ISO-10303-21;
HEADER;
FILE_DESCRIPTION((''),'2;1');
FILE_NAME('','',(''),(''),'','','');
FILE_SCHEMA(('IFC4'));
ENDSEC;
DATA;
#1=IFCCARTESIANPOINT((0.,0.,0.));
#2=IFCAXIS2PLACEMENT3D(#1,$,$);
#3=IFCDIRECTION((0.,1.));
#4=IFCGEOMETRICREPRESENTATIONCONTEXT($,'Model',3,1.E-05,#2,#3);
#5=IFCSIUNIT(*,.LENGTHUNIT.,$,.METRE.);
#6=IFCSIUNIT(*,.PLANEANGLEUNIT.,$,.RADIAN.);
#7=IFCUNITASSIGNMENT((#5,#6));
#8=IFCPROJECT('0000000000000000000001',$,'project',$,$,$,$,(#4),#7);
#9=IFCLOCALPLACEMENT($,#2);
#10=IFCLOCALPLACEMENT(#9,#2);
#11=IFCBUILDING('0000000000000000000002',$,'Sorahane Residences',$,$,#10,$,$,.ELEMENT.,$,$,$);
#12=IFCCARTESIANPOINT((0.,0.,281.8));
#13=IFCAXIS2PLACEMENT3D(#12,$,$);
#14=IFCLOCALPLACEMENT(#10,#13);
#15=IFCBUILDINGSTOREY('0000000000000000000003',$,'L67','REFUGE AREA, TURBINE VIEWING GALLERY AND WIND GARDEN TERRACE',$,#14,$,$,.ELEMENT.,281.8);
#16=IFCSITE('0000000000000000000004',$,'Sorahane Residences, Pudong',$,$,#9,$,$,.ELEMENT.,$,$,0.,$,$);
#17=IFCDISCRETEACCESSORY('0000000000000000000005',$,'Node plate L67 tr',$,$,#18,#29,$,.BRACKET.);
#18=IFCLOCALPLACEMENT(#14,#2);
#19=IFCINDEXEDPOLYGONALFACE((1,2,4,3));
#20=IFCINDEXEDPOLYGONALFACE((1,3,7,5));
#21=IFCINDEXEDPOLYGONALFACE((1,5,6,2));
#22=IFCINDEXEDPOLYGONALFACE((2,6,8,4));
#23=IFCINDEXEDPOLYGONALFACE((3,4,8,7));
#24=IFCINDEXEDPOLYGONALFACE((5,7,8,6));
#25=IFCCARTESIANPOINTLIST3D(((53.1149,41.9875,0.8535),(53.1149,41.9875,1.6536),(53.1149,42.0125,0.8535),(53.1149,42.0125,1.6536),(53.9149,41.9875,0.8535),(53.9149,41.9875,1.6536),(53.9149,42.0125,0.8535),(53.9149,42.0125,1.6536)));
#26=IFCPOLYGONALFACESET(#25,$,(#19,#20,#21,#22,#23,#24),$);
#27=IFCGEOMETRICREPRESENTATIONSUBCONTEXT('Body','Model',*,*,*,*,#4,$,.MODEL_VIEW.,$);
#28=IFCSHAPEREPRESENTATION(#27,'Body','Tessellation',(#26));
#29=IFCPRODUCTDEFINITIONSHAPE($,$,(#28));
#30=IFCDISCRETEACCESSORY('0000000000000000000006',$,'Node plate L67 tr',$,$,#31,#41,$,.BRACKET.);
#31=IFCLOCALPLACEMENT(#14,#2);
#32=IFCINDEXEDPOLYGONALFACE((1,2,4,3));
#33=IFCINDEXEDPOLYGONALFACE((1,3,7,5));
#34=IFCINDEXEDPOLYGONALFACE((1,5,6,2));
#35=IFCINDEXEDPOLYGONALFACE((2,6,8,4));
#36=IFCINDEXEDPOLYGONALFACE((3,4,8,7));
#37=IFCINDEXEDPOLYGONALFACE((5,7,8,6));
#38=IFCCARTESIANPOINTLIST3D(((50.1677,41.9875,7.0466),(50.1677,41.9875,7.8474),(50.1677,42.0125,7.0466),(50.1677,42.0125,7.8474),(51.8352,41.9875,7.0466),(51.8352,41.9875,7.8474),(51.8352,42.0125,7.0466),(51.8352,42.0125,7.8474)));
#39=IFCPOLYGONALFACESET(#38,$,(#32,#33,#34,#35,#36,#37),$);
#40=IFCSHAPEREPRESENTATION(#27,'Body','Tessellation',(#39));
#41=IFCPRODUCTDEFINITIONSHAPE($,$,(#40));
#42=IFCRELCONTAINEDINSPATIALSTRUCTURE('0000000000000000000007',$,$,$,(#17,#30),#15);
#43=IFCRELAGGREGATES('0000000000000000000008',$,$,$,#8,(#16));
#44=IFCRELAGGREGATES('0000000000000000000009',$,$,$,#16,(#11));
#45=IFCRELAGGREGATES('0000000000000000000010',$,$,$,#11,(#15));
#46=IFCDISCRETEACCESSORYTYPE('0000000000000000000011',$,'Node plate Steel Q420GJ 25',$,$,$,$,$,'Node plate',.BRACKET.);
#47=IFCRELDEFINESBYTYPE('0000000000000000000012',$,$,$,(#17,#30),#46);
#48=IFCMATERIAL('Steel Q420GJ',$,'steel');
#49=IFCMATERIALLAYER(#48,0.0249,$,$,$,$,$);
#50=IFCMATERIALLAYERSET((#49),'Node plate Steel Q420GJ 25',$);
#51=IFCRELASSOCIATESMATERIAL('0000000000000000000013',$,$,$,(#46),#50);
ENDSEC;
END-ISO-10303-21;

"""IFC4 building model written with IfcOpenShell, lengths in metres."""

from ifc_helpers import new_model, si_unit, direction, frame, origin, origin_2d, place, context, subcontext, project, spatial, rectangle, extrude, material, layer, layer_set, type_object, element, save


model = new_model("IFC4")

# Units and contexts
model_context = context("Model", 3, precision=1e-05, world=origin(), true_north=direction((0.0, 1.0)))
body_context = subcontext(model_context, "Body", "Model", "MODEL_VIEW")
ifc_project = project(units=[si_unit("LENGTHUNIT", "METRE"), si_unit("PLANEANGLEUNIT", "RADIAN")], contexts=[model_context])

# Site, building, storey
site_placement = place(None, origin())
site = spatial("IfcSite", under=ifc_project, at=site_placement, Name="Sorahane Residences, Pudong", CompositionType="ELEMENT", RefElevation=0.0)
building_placement = place(site_placement, origin())
building = spatial("IfcBuilding", under=site, at=building_placement, Name="Sorahane Residences", CompositionType="ELEMENT")
storey_placement = place(building_placement, frame((0.0, 0.0, 281.8)))
storey = spatial("IfcBuildingStorey", under=building, at=storey_placement, Name="L67", Description="REFUGE AREA, TURBINE VIEWING GALLERY AND WIND GARDEN TERRACE", CompositionType="ELEMENT", Elevation=281.8)

# Discrete accessories
ifc_material_1 = material(Name="Steel Q420GJ", Category="steel")
ifc_layer_1 = layer(ifc_material_1, 0.0249)
ifc_layer_set_1 = layer_set([ifc_layer_1], Name="Node plate Steel Q420GJ 25")
discrete_accessory_type_1 = type_object("IfcDiscreteAccessoryType", Name="Node plate Steel Q420GJ 25", ElementType="Node plate", PredefinedType="BRACKET", material=ifc_layer_set_1)
for number, where, z_axis, x_axis, name in (
    (1, (53.5149, 42.0, 0.8535), (0.0, 0.0, 1.0), (1.0, 0.0, 0.0), "Node plate L67 tr"),
):
    element("IfcDiscreteAccessory", number, at=place(storey_placement, frame(where, z_axis=z_axis, x_axis=x_axis)), inside=storey, type_object=discrete_accessory_type_1, Name=name, PredefinedType="BRACKET", context=body_context, shape_type="SweptSolid", body=[
        extrude(rectangle(XDim=0.8, YDim=0.0249, at=origin_2d()), origin(), (0.0, 0.0, 1.0), 0.8),
    ])
discrete_accessory_1_placement = place(storey_placement, frame((51.0015, 42.0, 7.0466), z_axis=(0.0, 0.0, 1.0), x_axis=(1.0, 0.0, 0.0)))
element("IfcDiscreteAccessory", 2, at=discrete_accessory_1_placement, inside=storey, type_object=discrete_accessory_type_1, Name="Node plate L67 tr", PredefinedType="BRACKET", context=body_context, shape_type="SweptSolid", body=[
    extrude(rectangle(XDim=1.6675, YDim=0.0249, at=origin_2d()), origin(), (0.0, 0.0, 1.0), 0.8008),
])

save(model, "model.ifc")
